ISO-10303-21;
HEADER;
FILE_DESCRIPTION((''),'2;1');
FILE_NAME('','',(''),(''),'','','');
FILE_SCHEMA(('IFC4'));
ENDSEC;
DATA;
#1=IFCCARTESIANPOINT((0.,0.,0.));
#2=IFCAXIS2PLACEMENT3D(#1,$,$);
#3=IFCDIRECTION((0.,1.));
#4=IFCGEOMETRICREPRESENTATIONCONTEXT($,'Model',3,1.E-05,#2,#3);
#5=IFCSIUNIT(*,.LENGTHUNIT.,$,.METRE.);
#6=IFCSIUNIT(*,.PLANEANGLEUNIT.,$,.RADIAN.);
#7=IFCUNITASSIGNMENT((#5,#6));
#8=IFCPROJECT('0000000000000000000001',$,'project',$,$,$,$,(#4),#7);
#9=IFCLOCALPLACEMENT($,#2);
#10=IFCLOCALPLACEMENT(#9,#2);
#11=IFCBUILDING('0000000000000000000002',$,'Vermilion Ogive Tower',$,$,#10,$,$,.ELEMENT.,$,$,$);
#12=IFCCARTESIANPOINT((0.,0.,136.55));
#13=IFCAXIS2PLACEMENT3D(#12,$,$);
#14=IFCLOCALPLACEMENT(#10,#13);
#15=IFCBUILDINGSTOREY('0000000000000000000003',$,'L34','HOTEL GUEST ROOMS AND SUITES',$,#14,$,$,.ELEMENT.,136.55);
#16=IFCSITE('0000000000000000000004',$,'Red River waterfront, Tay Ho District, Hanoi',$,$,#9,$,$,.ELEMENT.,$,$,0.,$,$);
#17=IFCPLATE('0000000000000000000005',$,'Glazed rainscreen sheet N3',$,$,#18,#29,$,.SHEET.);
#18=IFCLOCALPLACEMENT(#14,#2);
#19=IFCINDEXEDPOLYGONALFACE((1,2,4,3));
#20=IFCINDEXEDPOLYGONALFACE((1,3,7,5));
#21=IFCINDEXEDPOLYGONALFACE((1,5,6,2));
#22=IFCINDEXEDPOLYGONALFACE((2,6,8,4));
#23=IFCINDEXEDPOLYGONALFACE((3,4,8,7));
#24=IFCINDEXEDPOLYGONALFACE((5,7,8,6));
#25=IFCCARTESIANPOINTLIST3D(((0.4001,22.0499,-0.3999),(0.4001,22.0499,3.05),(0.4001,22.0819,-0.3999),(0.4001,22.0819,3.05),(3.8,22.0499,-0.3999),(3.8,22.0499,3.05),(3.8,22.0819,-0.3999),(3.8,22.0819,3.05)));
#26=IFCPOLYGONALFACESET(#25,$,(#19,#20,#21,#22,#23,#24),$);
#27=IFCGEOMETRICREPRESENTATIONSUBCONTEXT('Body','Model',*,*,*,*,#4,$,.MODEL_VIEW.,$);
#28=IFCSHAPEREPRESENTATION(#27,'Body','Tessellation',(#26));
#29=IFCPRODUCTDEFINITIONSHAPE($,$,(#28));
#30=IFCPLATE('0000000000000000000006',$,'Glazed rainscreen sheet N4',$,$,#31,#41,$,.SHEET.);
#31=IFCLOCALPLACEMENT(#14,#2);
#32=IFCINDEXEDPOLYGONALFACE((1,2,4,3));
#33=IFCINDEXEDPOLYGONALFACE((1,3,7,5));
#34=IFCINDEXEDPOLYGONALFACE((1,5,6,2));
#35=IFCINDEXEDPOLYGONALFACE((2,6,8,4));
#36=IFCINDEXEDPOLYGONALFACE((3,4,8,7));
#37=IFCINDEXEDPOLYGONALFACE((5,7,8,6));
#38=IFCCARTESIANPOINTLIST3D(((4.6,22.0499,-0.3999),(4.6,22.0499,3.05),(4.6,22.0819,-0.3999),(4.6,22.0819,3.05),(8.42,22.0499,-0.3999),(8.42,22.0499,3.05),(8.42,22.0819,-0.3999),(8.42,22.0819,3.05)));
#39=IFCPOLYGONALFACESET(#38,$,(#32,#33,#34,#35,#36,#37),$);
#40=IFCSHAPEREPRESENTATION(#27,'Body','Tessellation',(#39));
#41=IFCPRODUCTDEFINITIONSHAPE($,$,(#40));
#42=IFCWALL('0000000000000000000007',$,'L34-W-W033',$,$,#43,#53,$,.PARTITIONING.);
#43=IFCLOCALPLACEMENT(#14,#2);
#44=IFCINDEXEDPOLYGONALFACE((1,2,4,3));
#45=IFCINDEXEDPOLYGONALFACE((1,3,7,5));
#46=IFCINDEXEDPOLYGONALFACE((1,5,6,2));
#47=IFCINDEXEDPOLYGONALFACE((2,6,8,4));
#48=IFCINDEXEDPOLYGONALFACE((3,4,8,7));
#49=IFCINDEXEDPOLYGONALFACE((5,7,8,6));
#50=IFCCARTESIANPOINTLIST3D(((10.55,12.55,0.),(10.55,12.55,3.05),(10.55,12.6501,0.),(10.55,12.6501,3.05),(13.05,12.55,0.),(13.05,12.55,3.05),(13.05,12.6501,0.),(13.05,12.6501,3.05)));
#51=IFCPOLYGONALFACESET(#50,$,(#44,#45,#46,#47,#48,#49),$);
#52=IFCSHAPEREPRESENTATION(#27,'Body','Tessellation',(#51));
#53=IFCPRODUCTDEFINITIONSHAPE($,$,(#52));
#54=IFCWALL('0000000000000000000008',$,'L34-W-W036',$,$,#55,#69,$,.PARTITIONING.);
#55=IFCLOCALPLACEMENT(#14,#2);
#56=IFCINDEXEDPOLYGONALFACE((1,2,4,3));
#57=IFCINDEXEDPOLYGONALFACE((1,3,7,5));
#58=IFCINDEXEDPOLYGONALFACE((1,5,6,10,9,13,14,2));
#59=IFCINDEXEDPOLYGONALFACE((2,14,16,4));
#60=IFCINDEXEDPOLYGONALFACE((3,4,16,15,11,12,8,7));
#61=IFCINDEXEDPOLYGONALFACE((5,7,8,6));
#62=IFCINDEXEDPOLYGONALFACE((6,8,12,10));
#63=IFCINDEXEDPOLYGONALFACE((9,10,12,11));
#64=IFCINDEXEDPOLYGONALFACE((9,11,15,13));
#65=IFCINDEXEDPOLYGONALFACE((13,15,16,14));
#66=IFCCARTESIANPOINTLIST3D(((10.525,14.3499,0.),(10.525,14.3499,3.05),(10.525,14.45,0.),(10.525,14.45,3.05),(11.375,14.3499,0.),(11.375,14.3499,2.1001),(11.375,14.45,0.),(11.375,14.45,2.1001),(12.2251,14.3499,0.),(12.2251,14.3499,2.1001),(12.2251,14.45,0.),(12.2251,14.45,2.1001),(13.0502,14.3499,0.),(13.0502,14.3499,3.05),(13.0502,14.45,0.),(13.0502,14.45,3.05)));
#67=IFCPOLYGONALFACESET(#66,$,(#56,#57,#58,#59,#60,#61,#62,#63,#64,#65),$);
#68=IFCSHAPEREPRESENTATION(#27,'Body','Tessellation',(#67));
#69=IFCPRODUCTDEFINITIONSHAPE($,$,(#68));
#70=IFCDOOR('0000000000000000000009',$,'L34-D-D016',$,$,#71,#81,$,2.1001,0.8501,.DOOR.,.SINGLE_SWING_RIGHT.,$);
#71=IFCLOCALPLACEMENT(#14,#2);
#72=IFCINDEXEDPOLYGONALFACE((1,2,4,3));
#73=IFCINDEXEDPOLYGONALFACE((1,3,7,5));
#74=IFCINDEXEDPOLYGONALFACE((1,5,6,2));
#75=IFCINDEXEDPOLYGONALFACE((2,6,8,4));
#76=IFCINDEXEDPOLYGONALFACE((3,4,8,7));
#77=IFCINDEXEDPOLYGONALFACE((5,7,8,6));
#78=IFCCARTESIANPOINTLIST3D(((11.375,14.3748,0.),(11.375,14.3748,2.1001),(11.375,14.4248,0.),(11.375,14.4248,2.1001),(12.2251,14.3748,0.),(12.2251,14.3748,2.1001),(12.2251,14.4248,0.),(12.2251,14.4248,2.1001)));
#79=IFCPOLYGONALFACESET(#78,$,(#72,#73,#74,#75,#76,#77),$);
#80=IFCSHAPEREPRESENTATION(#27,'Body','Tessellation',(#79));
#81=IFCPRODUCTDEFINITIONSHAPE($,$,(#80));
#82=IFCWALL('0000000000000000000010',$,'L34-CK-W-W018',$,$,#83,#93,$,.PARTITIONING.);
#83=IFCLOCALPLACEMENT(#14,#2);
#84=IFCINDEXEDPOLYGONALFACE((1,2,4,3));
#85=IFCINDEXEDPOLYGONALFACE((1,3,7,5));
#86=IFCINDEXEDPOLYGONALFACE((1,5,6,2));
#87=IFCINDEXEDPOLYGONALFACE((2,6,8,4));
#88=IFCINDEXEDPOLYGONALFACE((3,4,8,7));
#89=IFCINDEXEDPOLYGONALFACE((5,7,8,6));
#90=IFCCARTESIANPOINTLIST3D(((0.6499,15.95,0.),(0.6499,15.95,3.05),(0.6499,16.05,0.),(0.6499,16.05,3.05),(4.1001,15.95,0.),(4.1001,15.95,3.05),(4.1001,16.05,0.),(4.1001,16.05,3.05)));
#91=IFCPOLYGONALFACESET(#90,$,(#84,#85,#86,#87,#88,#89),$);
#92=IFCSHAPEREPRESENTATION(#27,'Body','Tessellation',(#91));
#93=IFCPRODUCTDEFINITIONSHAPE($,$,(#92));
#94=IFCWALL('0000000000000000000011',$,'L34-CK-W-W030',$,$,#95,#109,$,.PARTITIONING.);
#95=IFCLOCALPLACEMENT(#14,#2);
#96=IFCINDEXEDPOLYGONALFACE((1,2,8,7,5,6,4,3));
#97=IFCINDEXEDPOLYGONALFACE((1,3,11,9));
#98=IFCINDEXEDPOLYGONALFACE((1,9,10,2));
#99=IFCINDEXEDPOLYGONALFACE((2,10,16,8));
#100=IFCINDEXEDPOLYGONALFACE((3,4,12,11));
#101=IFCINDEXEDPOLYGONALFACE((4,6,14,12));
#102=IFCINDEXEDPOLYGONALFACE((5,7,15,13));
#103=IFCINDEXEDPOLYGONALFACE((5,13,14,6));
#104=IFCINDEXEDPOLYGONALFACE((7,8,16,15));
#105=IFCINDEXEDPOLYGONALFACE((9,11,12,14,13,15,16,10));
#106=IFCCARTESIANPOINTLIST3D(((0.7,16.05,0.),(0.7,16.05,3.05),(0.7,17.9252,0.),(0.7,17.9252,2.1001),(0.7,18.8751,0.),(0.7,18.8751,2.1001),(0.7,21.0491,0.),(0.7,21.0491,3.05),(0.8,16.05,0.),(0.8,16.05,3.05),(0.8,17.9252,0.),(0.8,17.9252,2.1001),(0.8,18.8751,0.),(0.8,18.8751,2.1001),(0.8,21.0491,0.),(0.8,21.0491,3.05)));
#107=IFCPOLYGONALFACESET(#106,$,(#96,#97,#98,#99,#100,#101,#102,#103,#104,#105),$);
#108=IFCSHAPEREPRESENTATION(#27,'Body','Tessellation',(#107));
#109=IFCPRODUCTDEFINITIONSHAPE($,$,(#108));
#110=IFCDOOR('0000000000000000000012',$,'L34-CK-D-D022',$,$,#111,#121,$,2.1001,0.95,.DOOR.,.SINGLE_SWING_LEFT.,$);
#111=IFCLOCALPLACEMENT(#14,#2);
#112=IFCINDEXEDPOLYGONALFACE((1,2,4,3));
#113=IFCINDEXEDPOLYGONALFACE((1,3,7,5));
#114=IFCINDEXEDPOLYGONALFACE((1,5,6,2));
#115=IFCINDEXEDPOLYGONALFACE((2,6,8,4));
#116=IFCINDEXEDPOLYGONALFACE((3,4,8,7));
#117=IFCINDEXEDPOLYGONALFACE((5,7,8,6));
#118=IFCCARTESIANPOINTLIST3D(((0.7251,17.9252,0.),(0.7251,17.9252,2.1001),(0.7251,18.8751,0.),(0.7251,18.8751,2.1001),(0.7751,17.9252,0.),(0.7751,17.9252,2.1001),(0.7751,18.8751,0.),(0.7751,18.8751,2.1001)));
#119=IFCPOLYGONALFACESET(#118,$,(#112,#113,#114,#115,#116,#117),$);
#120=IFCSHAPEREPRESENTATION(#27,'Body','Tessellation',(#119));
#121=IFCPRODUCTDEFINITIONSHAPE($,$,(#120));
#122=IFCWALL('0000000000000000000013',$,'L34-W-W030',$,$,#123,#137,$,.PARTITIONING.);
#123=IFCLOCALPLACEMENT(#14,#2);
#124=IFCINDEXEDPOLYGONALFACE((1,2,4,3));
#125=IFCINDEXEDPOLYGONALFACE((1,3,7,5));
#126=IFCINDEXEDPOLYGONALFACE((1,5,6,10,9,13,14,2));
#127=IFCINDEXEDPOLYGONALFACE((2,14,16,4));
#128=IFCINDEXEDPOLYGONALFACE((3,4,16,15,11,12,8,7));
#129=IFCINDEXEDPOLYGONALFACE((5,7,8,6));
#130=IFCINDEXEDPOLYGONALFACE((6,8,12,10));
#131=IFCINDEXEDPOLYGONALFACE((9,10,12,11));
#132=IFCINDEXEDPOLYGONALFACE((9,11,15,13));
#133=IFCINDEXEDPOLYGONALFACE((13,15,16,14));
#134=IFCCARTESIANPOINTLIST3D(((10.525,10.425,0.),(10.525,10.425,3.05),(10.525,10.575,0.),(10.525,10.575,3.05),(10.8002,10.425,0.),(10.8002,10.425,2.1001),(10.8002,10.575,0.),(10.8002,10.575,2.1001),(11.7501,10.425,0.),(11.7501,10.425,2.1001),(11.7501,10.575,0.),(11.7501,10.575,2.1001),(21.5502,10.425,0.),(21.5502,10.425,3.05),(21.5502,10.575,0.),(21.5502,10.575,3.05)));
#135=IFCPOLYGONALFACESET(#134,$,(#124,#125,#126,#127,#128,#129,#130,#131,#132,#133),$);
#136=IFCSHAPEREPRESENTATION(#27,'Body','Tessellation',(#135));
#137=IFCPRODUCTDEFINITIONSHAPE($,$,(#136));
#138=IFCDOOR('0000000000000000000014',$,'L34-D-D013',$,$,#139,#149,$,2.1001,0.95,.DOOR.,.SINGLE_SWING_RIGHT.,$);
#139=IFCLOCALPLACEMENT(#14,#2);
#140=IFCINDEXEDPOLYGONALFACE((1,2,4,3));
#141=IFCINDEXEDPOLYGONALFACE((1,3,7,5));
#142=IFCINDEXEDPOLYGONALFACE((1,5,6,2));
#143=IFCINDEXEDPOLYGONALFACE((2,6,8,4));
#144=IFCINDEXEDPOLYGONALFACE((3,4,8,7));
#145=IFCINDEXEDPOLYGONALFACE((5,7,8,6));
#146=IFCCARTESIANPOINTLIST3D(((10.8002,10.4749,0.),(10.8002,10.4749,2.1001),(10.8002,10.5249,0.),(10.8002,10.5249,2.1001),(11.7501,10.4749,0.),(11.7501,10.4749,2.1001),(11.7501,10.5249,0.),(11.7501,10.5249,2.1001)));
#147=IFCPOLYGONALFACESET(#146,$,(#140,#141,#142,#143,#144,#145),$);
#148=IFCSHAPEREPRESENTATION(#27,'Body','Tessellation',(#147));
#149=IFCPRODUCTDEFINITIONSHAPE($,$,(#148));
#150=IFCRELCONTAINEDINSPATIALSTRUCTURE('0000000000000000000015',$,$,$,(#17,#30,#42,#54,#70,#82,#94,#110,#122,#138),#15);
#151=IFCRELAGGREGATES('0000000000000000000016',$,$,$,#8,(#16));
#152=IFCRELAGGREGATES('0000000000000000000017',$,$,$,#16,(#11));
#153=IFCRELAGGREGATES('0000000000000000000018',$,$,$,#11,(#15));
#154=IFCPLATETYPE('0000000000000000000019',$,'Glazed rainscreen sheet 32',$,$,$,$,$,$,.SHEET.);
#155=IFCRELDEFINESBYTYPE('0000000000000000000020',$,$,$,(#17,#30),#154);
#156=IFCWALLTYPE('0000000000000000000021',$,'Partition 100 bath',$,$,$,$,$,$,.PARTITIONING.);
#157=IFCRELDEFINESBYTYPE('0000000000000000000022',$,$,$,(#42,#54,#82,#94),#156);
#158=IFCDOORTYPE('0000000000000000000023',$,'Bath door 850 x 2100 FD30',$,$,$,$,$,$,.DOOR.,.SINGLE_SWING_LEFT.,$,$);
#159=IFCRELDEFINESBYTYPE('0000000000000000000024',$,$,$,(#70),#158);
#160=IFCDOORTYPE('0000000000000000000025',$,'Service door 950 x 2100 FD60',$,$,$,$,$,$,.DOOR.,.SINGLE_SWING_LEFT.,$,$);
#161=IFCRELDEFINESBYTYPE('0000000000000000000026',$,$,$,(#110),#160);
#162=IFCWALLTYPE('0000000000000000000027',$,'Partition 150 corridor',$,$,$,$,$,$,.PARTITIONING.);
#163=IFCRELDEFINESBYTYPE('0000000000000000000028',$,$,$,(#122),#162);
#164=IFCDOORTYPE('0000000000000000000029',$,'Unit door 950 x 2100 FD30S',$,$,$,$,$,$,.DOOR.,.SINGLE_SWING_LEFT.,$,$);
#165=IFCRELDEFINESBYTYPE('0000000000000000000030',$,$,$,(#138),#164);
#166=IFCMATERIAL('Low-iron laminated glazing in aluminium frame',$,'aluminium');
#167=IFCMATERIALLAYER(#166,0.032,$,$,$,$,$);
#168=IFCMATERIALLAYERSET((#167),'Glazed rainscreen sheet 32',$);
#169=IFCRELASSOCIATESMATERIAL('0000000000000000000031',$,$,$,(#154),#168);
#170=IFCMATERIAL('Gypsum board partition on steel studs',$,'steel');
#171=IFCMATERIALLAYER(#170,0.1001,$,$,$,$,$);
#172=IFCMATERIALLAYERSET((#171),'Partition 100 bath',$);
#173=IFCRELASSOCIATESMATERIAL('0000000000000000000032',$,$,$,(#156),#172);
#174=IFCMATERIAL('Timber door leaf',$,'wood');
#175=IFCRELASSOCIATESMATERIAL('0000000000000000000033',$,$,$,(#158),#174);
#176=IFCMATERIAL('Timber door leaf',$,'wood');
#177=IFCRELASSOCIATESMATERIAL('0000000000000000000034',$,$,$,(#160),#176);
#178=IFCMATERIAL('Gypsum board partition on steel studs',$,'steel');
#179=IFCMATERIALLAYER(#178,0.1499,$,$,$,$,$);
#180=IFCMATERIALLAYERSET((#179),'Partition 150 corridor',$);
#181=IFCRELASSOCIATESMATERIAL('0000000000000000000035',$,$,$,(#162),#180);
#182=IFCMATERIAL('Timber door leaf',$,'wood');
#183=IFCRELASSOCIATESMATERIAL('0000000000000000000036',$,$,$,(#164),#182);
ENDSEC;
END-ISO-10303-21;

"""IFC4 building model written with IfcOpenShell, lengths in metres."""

from ifc_helpers import new_model, si_unit, direction, frame, frame_2d, origin, origin_2d, place, context, subcontext, project, spatial, rectangle, extrude, material, layer, layer_set, type_object, element, fill, save


model = new_model("IFC4")

# Units and contexts
model_context = context("Model", 3, precision=1e-05, world=origin(), true_north=direction((0.0, 1.0)))
body_context = subcontext(model_context, "Body", "Model", "MODEL_VIEW")
ifc_project = project(units=[si_unit("LENGTHUNIT", "METRE"), si_unit("PLANEANGLEUNIT", "RADIAN")], contexts=[model_context])

# Site, building, storey
site_placement = place(None, origin())
site = spatial("IfcSite", under=ifc_project, at=site_placement, Name="Red River waterfront, Tay Ho District, Hanoi", CompositionType="ELEMENT", RefElevation=0.0)
building_placement = place(site_placement, origin())
building = spatial("IfcBuilding", under=site, at=building_placement, Name="Vermilion Ogive Tower", CompositionType="ELEMENT")
storey_placement = place(building_placement, frame((0.0, 0.0, 136.55)))
storey = spatial("IfcBuildingStorey", under=building, at=storey_placement, Name="L34", Description="HOTEL GUEST ROOMS AND SUITES", CompositionType="ELEMENT", Elevation=136.55)

# Plates
ifc_material_1 = material(Name="Low-iron laminated glazing in aluminium frame", Category="aluminium")
ifc_layer_1 = layer(ifc_material_1, 0.032)
ifc_layer_set_1 = layer_set([ifc_layer_1], Name="Glazed rainscreen sheet 32")
plate_type = type_object("IfcPlateType", Name="Glazed rainscreen sheet 32", PredefinedType="SHEET", material=ifc_layer_set_1)
plate_1_placement = place(storey_placement, frame((2.1001, 22.0659, -0.3999), z_axis=(0.0, 0.0, 1.0), x_axis=(1.0, 0.0, 0.0)))
element("IfcPlate", 1, at=plate_1_placement, inside=storey, type_object=plate_type, Name="Glazed rainscreen sheet N3", PredefinedType="SHEET", context=body_context, shape_type="SweptSolid", body=[
    extrude(rectangle(XDim=3.3999, YDim=0.032, at=origin_2d()), origin(), (0.0, 0.0, 1.0), 3.45),
])
plate_2_placement = place(storey_placement, frame((6.51, 22.0659, -0.3999), z_axis=(0.0, 0.0, 1.0), x_axis=(1.0, 0.0, 0.0)))
element("IfcPlate", 2, at=plate_2_placement, inside=storey, type_object=plate_type, Name="Glazed rainscreen sheet N4", PredefinedType="SHEET", context=body_context, shape_type="SweptSolid", body=[
    extrude(rectangle(XDim=3.8201, YDim=0.032, at=origin_2d()), origin(), (0.0, 0.0, 1.0), 3.45),
])

# Wall
ifc_material_2 = material(Name="Gypsum board partition on steel studs", Category="steel")
ifc_layer_2 = layer(ifc_material_2, 0.1001)
ifc_layer_set_2 = layer_set([ifc_layer_2], Name="Partition 100 bath")
wall_type_1 = type_object("IfcWallType", Name="Partition 100 bath", PredefinedType="PARTITIONING", material=ifc_layer_set_2)
wall_1_placement = place(storey_placement, frame((10.55, 12.6001, 0.0), z_axis=(0.0, 0.0, 1.0), x_axis=(1.0, 0.0, 0.0)))
element("IfcWall", 3, at=wall_1_placement, inside=storey, type_object=wall_type_1, Name="L34-W-W033", PredefinedType="PARTITIONING", context=body_context, shape_type="SweptSolid", body=[
    extrude(rectangle(XDim=2.5, YDim=0.1001, at=frame_2d((1.25, 0.0))), origin(), (0.0, 0.0, 1.0), 3.05),
])

# Wall, opening, door
wall_2_placement = place(storey_placement, frame((10.5249, 14.3999, 0.0), z_axis=(0.0, 0.0, 1.0), x_axis=(1.0, 0.0, 0.0)))
wall_2 = element("IfcWall", 4, at=wall_2_placement, inside=storey, type_object=wall_type_1, Name="L34-W-W036", PredefinedType="PARTITIONING", context=body_context, shape_type="SweptSolid", body=[
    extrude(rectangle(XDim=2.5251, YDim=0.1001, at=frame_2d((1.2627, 0.0))), origin(), (0.0, 0.0, 1.0), 3.05),
])
opening_1_placement = place(wall_2_placement, frame((0.8501, 0.0, 0.0)))
opening_1 = element("IfcOpeningElement", 5, at=opening_1_placement, cuts=wall_2, PredefinedType="OPENING", context=body_context, shape_type="SweptSolid", body=[
    extrude(rectangle(XDim=0.8501, YDim=2.1001, at=frame_2d((0.425, 1.05))), frame((0.0, 0.0601, 0.0), z_axis=(0.0, -1.0, 0.0), x_axis=(1.0, 0.0, 0.0)), (0.0, 0.0, 1.0), 0.1201),
])
ifc_material_3 = material(Name="Timber door leaf", Category="wood")
door_type_1 = type_object("IfcDoorType", Name="Bath door 850 x 2100 FD30", OperationType="SINGLE_SWING_LEFT", PredefinedType="DOOR", material=ifc_material_3)
door_1_placement = place(opening_1_placement, origin())
door_1 = element("IfcDoor", 6, at=door_1_placement, inside=storey, type_object=door_type_1, Name="L34-D-D016", OperationType="SINGLE_SWING_RIGHT", OverallHeight=2.1001, OverallWidth=0.8501, PredefinedType="DOOR", context=body_context, shape_type="SweptSolid", body=[
    extrude(rectangle(XDim=0.8501, YDim=2.1001, at=frame_2d((0.425, 1.05))), frame((0.0, 0.0249, 0.0), z_axis=(0.0, -1.0, 0.0), x_axis=(1.0, 0.0, 0.0)), (0.0, 0.0, 1.0), 0.05),
])
fill(opening_1, door_1)

# Wall
wall_3_placement = place(storey_placement, frame((0.6499, 16.0, 0.0), z_axis=(0.0, 0.0, 1.0), x_axis=(1.0, 0.0, 0.0)))
element("IfcWall", 7, at=wall_3_placement, inside=storey, type_object=wall_type_1, Name="L34-CK-W-W018", PredefinedType="PARTITIONING", context=body_context, shape_type="SweptSolid", body=[
    extrude(rectangle(XDim=3.4502, YDim=0.1001, at=frame_2d((1.7251, 0.0))), origin(), (0.0, 0.0, 1.0), 3.05),
])

# Walls, openings, doors
wall_4_placement = place(storey_placement, frame((0.75, 16.05, 0.0), z_axis=(0.0, 0.0, 1.0), x_axis=(0.0, 1.0, 0.0)))
wall_4 = element("IfcWall", 8, at=wall_4_placement, inside=storey, type_object=wall_type_1, Name="L34-CK-W-W030", PredefinedType="PARTITIONING", context=body_context, shape_type="SweptSolid", body=[
    extrude(rectangle(XDim=4.999, YDim=0.1001, at=frame_2d((2.4995, 0.0))), origin(), (0.0, 0.0, 1.0), 3.05),
])
opening_2_placement = place(wall_4_placement, frame((1.875, 0.0, 0.0)))
opening_2 = element("IfcOpeningElement", 9, at=opening_2_placement, cuts=wall_4, PredefinedType="OPENING", context=body_context, shape_type="SweptSolid", body=[
    extrude(rectangle(XDim=0.95, YDim=2.1001, at=frame_2d((0.4751, 1.05))), frame((0.0, 0.0601, 0.0), z_axis=(0.0, -1.0, 0.0), x_axis=(1.0, 0.0, 0.0)), (0.0, 0.0, 1.0), 0.1201),
])
ifc_material_4 = material(Name="Timber door leaf", Category="wood")
door_type_2 = type_object("IfcDoorType", Name="Service door 950 x 2100 FD60", OperationType="SINGLE_SWING_LEFT", PredefinedType="DOOR", material=ifc_material_4)
door_2_placement = place(opening_2_placement, origin())
door_2 = element("IfcDoor", 10, at=door_2_placement, inside=storey, type_object=door_type_2, Name="L34-CK-D-D022", OperationType="SINGLE_SWING_LEFT", OverallHeight=2.1001, OverallWidth=0.95, PredefinedType="DOOR", context=body_context, shape_type="SweptSolid", body=[
    extrude(rectangle(XDim=0.95, YDim=2.1001, at=frame_2d((0.4751, 1.05))), frame((0.0, 0.0249, 0.0), z_axis=(0.0, -1.0, 0.0), x_axis=(1.0, 0.0, 0.0)), (0.0, 0.0, 1.0), 0.05),
])
fill(opening_2, door_2)
ifc_material_5 = material(Name="Gypsum board partition on steel studs", Category="steel")
ifc_layer_3 = layer(ifc_material_5, 0.1499)
ifc_layer_set_3 = layer_set([ifc_layer_3], Name="Partition 150 corridor")
wall_type_2 = type_object("IfcWallType", Name="Partition 150 corridor", PredefinedType="PARTITIONING", material=ifc_layer_set_3)
wall_5_placement = place(storey_placement, frame((10.5249, 10.5, 0.0), z_axis=(0.0, 0.0, 1.0), x_axis=(1.0, 0.0, 0.0)))
wall_5 = element("IfcWall", 11, at=wall_5_placement, inside=storey, type_object=wall_type_2, Name="L34-W-W030", PredefinedType="PARTITIONING", context=body_context, shape_type="SweptSolid", body=[
    extrude(rectangle(XDim=11.0251, YDim=0.1499, at=frame_2d((5.5127, 0.0))), origin(), (0.0, 0.0, 1.0), 3.05),
])
opening_3_placement = place(wall_5_placement, frame((0.2751, 0.0, 0.0)))
opening_3 = element("IfcOpeningElement", 12, at=opening_3_placement, cuts=wall_5, PredefinedType="OPENING", context=body_context, shape_type="SweptSolid", body=[
    extrude(rectangle(XDim=0.95, YDim=2.1001, at=frame_2d((0.4751, 1.05))), frame((0.0, 0.085, 0.0), z_axis=(0.0, -1.0, 0.0), x_axis=(1.0, 0.0, 0.0)), (0.0, 0.0, 1.0), 0.1699),
])
ifc_material_6 = material(Name="Timber door leaf", Category="wood")
door_type_3 = type_object("IfcDoorType", Name="Unit door 950 x 2100 FD30S", OperationType="SINGLE_SWING_LEFT", PredefinedType="DOOR", material=ifc_material_6)
door_3_placement = place(opening_3_placement, origin())
door_3 = element("IfcDoor", 13, at=door_3_placement, inside=storey, type_object=door_type_3, Name="L34-D-D013", OperationType="SINGLE_SWING_RIGHT", OverallHeight=2.1001, OverallWidth=0.95, PredefinedType="DOOR", context=body_context, shape_type="SweptSolid", body=[
    extrude(rectangle(XDim=0.95, YDim=2.1001, at=frame_2d((0.4751, 1.05))), frame((0.0, 0.0249, 0.0), z_axis=(0.0, -1.0, 0.0), x_axis=(1.0, 0.0, 0.0)), (0.0, 0.0, 1.0), 0.05),
])
fill(opening_3, door_3)

save(model, "model.ifc")
